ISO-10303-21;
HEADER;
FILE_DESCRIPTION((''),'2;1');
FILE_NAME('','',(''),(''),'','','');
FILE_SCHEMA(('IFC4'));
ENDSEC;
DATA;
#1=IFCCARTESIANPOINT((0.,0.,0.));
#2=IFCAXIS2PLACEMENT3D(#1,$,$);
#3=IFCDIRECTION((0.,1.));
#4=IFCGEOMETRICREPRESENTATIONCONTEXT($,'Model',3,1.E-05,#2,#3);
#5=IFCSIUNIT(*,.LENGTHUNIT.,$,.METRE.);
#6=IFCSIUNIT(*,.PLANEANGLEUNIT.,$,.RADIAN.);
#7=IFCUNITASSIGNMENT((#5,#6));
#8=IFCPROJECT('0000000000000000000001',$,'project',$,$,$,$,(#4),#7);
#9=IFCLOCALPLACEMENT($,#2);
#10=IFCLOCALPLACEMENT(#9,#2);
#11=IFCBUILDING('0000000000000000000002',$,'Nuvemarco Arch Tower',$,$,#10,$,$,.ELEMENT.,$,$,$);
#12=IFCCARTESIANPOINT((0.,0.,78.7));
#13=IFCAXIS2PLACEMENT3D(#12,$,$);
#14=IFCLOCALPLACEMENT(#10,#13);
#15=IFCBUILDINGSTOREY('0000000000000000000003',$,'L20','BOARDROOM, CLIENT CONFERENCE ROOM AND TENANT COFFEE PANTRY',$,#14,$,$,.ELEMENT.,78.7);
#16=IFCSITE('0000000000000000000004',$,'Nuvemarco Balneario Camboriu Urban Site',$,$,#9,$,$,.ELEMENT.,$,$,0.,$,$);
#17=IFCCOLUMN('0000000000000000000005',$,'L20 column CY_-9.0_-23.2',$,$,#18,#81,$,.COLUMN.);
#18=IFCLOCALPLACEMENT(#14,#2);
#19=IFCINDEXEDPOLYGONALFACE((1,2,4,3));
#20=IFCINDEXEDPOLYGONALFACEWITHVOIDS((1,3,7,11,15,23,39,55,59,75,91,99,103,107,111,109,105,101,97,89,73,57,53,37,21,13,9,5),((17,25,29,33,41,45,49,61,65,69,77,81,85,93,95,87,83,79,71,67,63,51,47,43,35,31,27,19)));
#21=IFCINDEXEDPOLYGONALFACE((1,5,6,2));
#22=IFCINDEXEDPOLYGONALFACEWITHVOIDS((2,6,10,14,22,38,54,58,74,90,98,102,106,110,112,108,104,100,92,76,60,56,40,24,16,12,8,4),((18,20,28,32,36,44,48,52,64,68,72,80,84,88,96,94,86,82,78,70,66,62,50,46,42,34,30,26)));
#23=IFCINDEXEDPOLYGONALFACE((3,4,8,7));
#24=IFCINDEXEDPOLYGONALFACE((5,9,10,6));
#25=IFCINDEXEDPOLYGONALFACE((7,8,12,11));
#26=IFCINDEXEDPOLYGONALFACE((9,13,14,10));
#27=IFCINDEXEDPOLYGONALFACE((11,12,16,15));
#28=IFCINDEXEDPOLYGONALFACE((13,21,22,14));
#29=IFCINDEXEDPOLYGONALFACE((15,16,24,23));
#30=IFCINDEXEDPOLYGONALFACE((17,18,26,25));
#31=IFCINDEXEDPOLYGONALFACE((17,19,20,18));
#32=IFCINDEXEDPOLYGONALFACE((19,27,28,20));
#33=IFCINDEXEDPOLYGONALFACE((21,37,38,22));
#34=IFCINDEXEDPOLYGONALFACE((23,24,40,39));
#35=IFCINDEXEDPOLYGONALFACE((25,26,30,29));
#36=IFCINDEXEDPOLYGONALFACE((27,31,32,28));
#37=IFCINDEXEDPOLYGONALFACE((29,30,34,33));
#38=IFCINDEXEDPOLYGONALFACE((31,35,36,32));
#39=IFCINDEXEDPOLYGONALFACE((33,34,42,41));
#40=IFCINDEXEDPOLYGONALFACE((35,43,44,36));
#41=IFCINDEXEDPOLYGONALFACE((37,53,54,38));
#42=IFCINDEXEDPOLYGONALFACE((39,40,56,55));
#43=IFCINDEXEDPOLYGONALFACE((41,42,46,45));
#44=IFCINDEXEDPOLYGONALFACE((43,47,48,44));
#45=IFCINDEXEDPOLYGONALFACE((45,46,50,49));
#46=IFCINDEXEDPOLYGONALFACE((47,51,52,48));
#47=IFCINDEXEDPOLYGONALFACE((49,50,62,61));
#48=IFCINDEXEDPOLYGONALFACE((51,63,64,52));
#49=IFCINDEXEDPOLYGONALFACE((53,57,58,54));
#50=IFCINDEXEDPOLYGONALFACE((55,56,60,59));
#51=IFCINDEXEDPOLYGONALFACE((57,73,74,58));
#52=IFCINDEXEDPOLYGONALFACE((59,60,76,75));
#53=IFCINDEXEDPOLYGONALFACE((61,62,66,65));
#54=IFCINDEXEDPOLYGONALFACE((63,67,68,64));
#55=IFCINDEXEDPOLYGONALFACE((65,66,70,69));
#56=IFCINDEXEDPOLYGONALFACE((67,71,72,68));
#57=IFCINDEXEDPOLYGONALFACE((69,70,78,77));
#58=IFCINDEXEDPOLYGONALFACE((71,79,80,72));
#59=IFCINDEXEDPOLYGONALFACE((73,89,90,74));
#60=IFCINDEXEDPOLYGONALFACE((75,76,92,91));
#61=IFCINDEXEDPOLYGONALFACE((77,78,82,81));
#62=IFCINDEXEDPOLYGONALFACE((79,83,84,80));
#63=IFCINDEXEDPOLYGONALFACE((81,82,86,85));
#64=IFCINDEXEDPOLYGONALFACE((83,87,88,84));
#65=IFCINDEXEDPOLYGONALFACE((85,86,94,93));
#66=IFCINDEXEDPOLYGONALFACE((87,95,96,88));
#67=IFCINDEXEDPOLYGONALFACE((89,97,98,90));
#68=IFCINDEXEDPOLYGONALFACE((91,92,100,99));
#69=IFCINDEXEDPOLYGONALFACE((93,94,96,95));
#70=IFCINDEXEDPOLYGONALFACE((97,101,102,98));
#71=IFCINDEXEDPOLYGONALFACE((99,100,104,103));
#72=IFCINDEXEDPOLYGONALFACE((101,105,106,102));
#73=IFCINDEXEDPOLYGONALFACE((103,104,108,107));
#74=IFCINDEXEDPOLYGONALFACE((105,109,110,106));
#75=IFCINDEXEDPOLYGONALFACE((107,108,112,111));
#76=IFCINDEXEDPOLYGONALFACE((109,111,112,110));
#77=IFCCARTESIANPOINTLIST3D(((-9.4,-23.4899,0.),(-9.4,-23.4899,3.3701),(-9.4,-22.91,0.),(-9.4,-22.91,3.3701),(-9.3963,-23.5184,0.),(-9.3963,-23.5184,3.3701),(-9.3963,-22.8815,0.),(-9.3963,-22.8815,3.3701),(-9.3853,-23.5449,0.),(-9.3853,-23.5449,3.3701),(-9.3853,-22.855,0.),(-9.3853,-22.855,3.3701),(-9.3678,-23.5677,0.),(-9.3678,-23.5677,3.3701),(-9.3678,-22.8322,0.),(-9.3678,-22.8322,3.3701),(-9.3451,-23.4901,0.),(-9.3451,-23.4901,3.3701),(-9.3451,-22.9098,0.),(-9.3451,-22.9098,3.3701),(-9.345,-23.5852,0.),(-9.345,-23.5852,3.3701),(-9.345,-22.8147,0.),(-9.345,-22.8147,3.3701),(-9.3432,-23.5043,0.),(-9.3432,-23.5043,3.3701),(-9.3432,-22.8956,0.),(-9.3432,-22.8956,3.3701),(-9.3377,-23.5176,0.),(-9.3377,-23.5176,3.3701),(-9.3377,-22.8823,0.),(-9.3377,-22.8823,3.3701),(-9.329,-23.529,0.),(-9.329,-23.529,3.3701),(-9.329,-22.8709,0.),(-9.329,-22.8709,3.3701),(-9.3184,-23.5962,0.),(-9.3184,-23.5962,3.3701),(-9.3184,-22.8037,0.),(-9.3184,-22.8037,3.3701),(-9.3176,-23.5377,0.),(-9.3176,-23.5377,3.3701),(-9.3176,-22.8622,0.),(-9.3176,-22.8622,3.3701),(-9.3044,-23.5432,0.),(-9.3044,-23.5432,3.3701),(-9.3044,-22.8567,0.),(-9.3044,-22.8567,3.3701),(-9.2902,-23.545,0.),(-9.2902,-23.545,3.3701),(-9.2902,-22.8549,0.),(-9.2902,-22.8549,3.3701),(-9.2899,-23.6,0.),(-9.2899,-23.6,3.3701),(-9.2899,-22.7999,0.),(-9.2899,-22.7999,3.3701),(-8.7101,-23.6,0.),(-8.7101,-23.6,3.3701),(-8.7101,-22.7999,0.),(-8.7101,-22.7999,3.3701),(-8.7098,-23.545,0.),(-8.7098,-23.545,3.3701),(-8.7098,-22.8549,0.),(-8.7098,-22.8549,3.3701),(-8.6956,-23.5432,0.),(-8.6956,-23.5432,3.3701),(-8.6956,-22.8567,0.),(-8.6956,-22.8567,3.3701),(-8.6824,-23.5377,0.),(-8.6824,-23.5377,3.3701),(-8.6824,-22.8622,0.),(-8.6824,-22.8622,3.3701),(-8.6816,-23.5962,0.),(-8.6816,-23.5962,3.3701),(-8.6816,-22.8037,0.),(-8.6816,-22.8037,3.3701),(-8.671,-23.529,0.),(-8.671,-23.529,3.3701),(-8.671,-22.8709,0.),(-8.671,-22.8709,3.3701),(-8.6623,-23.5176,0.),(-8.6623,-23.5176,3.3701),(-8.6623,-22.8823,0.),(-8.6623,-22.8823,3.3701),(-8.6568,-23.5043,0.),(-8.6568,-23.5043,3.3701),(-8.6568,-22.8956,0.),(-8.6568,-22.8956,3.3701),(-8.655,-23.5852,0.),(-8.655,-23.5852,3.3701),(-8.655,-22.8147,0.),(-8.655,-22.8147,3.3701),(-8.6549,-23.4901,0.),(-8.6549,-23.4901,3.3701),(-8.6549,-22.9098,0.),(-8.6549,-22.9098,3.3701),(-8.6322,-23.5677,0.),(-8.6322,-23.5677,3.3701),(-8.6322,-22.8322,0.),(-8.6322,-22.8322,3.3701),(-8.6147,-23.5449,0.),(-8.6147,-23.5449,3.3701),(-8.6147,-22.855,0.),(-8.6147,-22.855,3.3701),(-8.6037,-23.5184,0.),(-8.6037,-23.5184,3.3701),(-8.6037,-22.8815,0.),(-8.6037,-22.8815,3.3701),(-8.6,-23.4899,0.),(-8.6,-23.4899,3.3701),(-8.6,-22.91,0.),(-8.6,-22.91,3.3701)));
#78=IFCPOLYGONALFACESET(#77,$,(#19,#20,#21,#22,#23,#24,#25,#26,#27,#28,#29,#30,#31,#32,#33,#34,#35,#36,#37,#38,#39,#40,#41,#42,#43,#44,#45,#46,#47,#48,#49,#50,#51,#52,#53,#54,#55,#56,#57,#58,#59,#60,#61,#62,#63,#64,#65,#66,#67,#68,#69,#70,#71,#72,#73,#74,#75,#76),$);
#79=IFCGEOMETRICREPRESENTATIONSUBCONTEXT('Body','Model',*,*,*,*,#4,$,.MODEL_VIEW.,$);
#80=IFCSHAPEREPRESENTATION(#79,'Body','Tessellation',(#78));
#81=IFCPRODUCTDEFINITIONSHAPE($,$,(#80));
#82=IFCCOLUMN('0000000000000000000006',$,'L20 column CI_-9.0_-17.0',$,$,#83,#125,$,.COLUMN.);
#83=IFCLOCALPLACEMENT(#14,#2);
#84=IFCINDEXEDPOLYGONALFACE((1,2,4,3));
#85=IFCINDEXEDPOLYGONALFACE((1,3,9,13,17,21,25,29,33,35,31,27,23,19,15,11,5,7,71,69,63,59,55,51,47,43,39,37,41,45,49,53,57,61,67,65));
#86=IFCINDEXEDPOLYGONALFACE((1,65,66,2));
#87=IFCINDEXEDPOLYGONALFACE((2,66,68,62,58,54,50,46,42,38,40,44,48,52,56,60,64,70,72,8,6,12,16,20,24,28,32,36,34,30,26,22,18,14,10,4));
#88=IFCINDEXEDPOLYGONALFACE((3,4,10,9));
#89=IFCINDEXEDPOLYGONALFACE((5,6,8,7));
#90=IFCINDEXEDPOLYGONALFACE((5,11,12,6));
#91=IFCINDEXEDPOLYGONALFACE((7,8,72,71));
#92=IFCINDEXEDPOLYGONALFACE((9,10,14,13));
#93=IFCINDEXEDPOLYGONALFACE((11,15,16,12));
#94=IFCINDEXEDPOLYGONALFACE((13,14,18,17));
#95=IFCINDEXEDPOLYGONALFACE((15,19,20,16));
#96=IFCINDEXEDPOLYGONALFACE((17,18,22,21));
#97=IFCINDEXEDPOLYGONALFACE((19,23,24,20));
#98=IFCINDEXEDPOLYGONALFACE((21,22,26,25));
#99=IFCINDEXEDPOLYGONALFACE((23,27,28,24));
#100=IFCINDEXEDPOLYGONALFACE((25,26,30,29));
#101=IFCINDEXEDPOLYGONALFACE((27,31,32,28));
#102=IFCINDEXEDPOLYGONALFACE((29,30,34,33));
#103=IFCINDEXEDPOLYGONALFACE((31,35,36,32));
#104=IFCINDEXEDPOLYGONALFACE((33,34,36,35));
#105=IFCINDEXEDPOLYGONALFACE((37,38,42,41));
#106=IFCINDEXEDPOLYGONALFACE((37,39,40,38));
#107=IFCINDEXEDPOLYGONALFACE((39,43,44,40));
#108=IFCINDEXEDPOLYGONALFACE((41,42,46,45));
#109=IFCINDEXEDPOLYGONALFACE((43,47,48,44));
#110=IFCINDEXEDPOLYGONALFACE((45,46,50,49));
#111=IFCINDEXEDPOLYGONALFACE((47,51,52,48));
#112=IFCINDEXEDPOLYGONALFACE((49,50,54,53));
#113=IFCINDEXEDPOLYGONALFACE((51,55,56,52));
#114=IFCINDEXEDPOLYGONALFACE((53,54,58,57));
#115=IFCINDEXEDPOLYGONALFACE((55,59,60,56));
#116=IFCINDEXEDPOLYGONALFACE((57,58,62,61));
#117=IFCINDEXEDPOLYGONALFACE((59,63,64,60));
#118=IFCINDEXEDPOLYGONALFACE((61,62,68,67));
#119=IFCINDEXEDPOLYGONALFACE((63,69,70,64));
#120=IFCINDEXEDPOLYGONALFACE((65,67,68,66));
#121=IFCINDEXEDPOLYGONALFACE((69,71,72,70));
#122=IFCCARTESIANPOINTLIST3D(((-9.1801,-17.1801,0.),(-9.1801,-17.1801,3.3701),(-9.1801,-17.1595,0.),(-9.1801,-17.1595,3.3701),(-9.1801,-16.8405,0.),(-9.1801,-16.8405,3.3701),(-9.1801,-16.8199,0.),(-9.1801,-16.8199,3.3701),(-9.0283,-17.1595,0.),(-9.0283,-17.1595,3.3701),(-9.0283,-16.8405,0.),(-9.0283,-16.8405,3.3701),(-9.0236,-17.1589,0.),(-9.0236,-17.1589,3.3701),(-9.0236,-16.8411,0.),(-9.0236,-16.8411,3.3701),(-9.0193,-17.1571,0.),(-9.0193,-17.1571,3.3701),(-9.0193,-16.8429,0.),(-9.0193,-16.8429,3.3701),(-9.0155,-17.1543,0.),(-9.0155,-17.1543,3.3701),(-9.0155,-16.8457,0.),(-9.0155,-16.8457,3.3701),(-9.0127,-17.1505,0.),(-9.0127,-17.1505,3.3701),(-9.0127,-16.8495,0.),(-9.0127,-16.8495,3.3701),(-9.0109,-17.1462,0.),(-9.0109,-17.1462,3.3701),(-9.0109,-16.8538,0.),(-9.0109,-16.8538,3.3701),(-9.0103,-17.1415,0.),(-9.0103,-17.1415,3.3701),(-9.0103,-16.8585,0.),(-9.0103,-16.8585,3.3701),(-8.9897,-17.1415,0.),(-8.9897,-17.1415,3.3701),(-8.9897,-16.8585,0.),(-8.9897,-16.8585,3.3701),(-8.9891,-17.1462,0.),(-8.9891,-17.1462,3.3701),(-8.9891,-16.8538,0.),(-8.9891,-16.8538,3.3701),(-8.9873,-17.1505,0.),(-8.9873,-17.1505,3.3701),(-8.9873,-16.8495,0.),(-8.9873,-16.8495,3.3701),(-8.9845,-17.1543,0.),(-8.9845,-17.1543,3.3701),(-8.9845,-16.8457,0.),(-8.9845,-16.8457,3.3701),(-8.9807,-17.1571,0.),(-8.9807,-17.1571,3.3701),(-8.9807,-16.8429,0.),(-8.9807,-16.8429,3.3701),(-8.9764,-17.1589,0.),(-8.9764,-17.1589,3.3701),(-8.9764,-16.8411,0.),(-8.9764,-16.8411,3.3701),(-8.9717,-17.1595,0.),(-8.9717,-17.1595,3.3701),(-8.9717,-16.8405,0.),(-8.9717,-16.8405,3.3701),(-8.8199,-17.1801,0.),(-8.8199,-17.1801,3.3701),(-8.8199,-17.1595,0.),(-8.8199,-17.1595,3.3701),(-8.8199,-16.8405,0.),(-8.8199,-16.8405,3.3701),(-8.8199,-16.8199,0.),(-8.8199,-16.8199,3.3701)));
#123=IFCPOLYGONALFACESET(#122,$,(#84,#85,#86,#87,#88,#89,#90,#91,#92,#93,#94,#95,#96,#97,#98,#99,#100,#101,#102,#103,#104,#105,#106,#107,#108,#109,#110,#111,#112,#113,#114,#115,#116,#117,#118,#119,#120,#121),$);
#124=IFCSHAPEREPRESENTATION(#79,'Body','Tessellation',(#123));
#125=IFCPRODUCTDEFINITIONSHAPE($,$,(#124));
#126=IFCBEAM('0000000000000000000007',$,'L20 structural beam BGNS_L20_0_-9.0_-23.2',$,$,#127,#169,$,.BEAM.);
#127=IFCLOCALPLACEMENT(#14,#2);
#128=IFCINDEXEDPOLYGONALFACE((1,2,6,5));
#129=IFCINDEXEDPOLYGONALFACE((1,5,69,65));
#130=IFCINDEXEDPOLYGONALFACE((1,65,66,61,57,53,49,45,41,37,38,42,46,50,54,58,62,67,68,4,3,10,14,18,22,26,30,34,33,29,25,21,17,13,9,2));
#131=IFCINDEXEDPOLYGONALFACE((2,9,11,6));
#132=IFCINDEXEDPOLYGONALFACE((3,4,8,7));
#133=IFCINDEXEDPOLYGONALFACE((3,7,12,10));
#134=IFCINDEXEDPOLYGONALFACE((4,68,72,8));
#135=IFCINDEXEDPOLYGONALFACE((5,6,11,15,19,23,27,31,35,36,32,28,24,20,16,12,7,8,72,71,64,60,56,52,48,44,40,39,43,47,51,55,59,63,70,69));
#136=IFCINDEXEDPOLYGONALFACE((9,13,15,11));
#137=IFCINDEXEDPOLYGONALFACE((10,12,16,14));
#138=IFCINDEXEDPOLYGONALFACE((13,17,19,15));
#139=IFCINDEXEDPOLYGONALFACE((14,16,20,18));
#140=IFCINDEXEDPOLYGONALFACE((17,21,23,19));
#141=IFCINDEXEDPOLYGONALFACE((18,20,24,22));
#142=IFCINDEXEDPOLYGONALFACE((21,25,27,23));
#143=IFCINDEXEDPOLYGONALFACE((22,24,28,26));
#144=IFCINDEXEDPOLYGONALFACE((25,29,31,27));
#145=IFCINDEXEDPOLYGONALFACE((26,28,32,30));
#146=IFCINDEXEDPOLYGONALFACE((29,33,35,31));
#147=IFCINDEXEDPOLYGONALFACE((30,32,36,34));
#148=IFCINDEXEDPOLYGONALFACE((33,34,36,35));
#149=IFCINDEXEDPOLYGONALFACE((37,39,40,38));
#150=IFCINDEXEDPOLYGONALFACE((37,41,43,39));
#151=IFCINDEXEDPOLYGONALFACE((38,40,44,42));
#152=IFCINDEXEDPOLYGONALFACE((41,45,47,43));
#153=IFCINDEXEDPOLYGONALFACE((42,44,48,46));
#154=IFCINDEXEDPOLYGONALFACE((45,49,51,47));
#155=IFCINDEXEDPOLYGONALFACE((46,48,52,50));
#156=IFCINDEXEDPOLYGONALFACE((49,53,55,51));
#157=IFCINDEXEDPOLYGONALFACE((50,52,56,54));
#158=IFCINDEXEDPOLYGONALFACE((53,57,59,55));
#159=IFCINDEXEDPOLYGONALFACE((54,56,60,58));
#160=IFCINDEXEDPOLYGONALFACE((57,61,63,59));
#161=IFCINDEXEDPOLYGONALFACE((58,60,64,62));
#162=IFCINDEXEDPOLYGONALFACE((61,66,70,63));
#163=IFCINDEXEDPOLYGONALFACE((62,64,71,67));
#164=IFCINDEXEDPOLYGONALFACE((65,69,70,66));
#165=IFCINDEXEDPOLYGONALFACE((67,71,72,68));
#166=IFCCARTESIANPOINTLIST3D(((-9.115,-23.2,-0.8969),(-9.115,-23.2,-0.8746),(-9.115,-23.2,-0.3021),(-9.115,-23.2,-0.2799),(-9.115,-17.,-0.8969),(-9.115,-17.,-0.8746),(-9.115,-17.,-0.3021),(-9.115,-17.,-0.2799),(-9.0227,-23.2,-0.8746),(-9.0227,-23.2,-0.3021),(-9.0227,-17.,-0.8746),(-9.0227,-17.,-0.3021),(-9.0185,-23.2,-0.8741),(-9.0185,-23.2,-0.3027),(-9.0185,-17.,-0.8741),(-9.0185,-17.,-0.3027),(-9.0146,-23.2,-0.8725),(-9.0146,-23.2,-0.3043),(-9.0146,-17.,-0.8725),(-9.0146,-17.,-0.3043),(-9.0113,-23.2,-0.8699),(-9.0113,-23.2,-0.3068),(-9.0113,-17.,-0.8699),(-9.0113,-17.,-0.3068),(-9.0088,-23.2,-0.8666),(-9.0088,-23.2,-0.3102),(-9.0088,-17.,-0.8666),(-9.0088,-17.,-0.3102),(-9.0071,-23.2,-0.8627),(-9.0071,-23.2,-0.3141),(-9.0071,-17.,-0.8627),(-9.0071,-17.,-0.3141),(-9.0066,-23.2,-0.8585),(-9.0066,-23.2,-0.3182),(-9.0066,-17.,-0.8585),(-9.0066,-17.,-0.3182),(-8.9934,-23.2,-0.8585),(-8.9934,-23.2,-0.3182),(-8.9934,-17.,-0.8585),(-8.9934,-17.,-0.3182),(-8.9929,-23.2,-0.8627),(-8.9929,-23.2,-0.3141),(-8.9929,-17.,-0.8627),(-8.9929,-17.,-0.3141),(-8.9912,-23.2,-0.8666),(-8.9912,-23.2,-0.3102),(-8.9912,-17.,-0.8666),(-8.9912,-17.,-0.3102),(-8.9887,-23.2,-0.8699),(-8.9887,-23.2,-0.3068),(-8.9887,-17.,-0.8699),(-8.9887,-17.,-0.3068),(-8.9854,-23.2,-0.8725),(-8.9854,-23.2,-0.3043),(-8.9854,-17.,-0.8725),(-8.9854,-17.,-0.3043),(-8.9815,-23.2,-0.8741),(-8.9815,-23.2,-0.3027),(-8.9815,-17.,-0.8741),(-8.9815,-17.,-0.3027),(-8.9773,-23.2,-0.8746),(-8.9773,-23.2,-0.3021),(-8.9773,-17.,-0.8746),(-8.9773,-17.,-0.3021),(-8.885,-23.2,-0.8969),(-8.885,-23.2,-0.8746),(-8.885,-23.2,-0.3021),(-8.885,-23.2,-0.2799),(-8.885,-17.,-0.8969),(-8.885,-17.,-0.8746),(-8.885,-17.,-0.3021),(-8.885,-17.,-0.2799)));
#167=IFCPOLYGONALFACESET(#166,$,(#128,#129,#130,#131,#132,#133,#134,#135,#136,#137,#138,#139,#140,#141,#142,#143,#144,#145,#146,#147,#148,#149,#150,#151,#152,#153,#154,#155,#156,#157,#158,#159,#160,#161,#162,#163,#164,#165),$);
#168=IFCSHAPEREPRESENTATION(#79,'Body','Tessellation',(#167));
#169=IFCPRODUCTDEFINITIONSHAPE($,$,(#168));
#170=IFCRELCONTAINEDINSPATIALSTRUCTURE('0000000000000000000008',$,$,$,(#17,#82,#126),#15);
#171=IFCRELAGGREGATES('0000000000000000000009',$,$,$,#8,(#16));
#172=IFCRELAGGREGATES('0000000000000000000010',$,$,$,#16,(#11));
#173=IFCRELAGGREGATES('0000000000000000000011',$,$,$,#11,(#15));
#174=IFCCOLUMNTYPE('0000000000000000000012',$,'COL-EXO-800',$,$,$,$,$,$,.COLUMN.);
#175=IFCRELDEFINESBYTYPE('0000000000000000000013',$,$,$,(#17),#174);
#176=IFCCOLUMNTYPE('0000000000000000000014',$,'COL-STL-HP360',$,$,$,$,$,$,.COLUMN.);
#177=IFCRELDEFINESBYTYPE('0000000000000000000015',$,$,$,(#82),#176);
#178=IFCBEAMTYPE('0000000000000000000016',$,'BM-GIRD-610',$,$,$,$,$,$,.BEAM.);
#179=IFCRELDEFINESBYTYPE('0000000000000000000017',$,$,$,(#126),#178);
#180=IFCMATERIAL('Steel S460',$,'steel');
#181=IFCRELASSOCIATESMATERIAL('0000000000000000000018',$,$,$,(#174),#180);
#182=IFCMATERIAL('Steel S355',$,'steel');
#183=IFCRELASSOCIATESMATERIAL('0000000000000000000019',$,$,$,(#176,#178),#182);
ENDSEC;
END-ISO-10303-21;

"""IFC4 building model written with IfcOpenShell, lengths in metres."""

from ifc_helpers import new_model, si_unit, direction, frame, origin, origin_2d, place, context, subcontext, project, spatial, hollow_rectangle, i_section, extrude, material, material_profile, profile_set, type_object, element, save


model = new_model("IFC4")

# Units and contexts
model_context = context("Model", 3, precision=1e-05, world=origin(), true_north=direction((0.0, 1.0)))
body_context = subcontext(model_context, "Body", "Model", "MODEL_VIEW")
ifc_project = project(units=[si_unit("LENGTHUNIT", "METRE"), si_unit("PLANEANGLEUNIT", "RADIAN")], contexts=[model_context])

# Site, building, storey
site_placement = place(None, origin())
site = spatial("IfcSite", under=ifc_project, at=site_placement, Name="Nuvemarco Balneario Camboriu Urban Site", CompositionType="ELEMENT", RefElevation=0.0)
building_placement = place(site_placement, origin())
building = spatial("IfcBuilding", under=site, at=building_placement, Name="Nuvemarco Arch Tower", CompositionType="ELEMENT")
storey_placement = place(building_placement, frame((0.0, 0.0, 78.7)))
storey = spatial("IfcBuildingStorey", under=building, at=storey_placement, Name="L20", Description="BOARDROOM, CLIENT CONFERENCE ROOM AND TENANT COFFEE PANTRY", CompositionType="ELEMENT", Elevation=78.7)

# Columns
ifc_material_1 = material(Name="Steel S460", Category="steel")
ifc_material_profile_1 = material_profile(ifc_material_1, hollow_rectangle(XDim=0.8, YDim=0.8, WallThickness=0.0549, InnerFilletRadius=0.0549, OuterFilletRadius=0.1101, at=origin_2d()), Name="SHS800x800x55")
ifc_profile_set_1 = profile_set([ifc_material_profile_1], Name="Steel S460")
column_type_1 = type_object("IfcColumnType", Name="COL-EXO-800", PredefinedType="COLUMN", material=ifc_profile_set_1)
column_1_placement = place(storey_placement, frame((-9.0, -23.2, 0.0), z_axis=(0.0, 0.0, 1.0), x_axis=(1.0, 0.0, 0.0)))
element("IfcColumn", 1, at=column_1_placement, inside=storey, type_object=column_type_1, Name="L20 column CY_-9.0_-23.2", PredefinedType="COLUMN", context=body_context, shape_type="SweptSolid", body=[
    extrude(hollow_rectangle(XDim=0.8, YDim=0.8, WallThickness=0.0549, InnerFilletRadius=0.0549, OuterFilletRadius=0.1101, at=origin_2d()), origin(), (0.0, 0.0, 1.0), 3.3701),
])
ifc_material_2 = material(Name="Steel S355", Category="steel")
ifc_material_profile_2 = material_profile(ifc_material_2, i_section(OverallWidth=0.3601, OverallDepth=0.3601, WebThickness=0.0205, FlangeThickness=0.0205, FilletRadius=0.0181, at=origin_2d()), Name="HP360x174")
ifc_profile_set_2 = profile_set([ifc_material_profile_2], Name="Steel S355")
column_type_2 = type_object("IfcColumnType", Name="COL-STL-HP360", PredefinedType="COLUMN", material=ifc_profile_set_2)
column_2_placement = place(storey_placement, frame((-9.0, -17.0, 0.0), z_axis=(0.0, 0.0, 1.0), x_axis=(1.0, 0.0, 0.0)))
element("IfcColumn", 2, at=column_2_placement, inside=storey, type_object=column_type_2, Name="L20 column CI_-9.0_-17.0", PredefinedType="COLUMN", context=body_context, shape_type="SweptSolid", body=[
    extrude(i_section(OverallWidth=0.3601, OverallDepth=0.3601, WebThickness=0.0205, FlangeThickness=0.0205, FilletRadius=0.0181, at=origin_2d()), origin(), (0.0, 0.0, 1.0), 3.3701),
])

# Beam
ifc_material_profile_3 = material_profile(ifc_material_2, i_section(OverallWidth=0.23, OverallDepth=0.6169, WebThickness=0.0132, FlangeThickness=0.0222, FilletRadius=0.0161, at=origin_2d()), Name="W610x140")
ifc_profile_set_3 = profile_set([ifc_material_profile_3], Name="Steel S355")
beam_type_1 = type_object("IfcBeamType", Name="BM-GIRD-610", PredefinedType="BEAM", material=ifc_profile_set_3)
beam_1_placement = place(storey_placement, frame((-9.0, -23.2, -0.5884), z_axis=(0.0, 1.0, 0.0), x_axis=(-1.0, 0.0, 0.0)))
element("IfcBeam", 3, at=beam_1_placement, inside=storey, type_object=beam_type_1, Name="L20 structural beam BGNS_L20_0_-9.0_-23.2", PredefinedType="BEAM", context=body_context, shape_type="SweptSolid", body=[
    extrude(i_section(OverallWidth=0.23, OverallDepth=0.6169, WebThickness=0.0132, FlangeThickness=0.0222, FilletRadius=0.0161, at=origin_2d()), origin(), (0.0, 0.0, 1.0), 6.2),
])

save(model, "model.ifc")
